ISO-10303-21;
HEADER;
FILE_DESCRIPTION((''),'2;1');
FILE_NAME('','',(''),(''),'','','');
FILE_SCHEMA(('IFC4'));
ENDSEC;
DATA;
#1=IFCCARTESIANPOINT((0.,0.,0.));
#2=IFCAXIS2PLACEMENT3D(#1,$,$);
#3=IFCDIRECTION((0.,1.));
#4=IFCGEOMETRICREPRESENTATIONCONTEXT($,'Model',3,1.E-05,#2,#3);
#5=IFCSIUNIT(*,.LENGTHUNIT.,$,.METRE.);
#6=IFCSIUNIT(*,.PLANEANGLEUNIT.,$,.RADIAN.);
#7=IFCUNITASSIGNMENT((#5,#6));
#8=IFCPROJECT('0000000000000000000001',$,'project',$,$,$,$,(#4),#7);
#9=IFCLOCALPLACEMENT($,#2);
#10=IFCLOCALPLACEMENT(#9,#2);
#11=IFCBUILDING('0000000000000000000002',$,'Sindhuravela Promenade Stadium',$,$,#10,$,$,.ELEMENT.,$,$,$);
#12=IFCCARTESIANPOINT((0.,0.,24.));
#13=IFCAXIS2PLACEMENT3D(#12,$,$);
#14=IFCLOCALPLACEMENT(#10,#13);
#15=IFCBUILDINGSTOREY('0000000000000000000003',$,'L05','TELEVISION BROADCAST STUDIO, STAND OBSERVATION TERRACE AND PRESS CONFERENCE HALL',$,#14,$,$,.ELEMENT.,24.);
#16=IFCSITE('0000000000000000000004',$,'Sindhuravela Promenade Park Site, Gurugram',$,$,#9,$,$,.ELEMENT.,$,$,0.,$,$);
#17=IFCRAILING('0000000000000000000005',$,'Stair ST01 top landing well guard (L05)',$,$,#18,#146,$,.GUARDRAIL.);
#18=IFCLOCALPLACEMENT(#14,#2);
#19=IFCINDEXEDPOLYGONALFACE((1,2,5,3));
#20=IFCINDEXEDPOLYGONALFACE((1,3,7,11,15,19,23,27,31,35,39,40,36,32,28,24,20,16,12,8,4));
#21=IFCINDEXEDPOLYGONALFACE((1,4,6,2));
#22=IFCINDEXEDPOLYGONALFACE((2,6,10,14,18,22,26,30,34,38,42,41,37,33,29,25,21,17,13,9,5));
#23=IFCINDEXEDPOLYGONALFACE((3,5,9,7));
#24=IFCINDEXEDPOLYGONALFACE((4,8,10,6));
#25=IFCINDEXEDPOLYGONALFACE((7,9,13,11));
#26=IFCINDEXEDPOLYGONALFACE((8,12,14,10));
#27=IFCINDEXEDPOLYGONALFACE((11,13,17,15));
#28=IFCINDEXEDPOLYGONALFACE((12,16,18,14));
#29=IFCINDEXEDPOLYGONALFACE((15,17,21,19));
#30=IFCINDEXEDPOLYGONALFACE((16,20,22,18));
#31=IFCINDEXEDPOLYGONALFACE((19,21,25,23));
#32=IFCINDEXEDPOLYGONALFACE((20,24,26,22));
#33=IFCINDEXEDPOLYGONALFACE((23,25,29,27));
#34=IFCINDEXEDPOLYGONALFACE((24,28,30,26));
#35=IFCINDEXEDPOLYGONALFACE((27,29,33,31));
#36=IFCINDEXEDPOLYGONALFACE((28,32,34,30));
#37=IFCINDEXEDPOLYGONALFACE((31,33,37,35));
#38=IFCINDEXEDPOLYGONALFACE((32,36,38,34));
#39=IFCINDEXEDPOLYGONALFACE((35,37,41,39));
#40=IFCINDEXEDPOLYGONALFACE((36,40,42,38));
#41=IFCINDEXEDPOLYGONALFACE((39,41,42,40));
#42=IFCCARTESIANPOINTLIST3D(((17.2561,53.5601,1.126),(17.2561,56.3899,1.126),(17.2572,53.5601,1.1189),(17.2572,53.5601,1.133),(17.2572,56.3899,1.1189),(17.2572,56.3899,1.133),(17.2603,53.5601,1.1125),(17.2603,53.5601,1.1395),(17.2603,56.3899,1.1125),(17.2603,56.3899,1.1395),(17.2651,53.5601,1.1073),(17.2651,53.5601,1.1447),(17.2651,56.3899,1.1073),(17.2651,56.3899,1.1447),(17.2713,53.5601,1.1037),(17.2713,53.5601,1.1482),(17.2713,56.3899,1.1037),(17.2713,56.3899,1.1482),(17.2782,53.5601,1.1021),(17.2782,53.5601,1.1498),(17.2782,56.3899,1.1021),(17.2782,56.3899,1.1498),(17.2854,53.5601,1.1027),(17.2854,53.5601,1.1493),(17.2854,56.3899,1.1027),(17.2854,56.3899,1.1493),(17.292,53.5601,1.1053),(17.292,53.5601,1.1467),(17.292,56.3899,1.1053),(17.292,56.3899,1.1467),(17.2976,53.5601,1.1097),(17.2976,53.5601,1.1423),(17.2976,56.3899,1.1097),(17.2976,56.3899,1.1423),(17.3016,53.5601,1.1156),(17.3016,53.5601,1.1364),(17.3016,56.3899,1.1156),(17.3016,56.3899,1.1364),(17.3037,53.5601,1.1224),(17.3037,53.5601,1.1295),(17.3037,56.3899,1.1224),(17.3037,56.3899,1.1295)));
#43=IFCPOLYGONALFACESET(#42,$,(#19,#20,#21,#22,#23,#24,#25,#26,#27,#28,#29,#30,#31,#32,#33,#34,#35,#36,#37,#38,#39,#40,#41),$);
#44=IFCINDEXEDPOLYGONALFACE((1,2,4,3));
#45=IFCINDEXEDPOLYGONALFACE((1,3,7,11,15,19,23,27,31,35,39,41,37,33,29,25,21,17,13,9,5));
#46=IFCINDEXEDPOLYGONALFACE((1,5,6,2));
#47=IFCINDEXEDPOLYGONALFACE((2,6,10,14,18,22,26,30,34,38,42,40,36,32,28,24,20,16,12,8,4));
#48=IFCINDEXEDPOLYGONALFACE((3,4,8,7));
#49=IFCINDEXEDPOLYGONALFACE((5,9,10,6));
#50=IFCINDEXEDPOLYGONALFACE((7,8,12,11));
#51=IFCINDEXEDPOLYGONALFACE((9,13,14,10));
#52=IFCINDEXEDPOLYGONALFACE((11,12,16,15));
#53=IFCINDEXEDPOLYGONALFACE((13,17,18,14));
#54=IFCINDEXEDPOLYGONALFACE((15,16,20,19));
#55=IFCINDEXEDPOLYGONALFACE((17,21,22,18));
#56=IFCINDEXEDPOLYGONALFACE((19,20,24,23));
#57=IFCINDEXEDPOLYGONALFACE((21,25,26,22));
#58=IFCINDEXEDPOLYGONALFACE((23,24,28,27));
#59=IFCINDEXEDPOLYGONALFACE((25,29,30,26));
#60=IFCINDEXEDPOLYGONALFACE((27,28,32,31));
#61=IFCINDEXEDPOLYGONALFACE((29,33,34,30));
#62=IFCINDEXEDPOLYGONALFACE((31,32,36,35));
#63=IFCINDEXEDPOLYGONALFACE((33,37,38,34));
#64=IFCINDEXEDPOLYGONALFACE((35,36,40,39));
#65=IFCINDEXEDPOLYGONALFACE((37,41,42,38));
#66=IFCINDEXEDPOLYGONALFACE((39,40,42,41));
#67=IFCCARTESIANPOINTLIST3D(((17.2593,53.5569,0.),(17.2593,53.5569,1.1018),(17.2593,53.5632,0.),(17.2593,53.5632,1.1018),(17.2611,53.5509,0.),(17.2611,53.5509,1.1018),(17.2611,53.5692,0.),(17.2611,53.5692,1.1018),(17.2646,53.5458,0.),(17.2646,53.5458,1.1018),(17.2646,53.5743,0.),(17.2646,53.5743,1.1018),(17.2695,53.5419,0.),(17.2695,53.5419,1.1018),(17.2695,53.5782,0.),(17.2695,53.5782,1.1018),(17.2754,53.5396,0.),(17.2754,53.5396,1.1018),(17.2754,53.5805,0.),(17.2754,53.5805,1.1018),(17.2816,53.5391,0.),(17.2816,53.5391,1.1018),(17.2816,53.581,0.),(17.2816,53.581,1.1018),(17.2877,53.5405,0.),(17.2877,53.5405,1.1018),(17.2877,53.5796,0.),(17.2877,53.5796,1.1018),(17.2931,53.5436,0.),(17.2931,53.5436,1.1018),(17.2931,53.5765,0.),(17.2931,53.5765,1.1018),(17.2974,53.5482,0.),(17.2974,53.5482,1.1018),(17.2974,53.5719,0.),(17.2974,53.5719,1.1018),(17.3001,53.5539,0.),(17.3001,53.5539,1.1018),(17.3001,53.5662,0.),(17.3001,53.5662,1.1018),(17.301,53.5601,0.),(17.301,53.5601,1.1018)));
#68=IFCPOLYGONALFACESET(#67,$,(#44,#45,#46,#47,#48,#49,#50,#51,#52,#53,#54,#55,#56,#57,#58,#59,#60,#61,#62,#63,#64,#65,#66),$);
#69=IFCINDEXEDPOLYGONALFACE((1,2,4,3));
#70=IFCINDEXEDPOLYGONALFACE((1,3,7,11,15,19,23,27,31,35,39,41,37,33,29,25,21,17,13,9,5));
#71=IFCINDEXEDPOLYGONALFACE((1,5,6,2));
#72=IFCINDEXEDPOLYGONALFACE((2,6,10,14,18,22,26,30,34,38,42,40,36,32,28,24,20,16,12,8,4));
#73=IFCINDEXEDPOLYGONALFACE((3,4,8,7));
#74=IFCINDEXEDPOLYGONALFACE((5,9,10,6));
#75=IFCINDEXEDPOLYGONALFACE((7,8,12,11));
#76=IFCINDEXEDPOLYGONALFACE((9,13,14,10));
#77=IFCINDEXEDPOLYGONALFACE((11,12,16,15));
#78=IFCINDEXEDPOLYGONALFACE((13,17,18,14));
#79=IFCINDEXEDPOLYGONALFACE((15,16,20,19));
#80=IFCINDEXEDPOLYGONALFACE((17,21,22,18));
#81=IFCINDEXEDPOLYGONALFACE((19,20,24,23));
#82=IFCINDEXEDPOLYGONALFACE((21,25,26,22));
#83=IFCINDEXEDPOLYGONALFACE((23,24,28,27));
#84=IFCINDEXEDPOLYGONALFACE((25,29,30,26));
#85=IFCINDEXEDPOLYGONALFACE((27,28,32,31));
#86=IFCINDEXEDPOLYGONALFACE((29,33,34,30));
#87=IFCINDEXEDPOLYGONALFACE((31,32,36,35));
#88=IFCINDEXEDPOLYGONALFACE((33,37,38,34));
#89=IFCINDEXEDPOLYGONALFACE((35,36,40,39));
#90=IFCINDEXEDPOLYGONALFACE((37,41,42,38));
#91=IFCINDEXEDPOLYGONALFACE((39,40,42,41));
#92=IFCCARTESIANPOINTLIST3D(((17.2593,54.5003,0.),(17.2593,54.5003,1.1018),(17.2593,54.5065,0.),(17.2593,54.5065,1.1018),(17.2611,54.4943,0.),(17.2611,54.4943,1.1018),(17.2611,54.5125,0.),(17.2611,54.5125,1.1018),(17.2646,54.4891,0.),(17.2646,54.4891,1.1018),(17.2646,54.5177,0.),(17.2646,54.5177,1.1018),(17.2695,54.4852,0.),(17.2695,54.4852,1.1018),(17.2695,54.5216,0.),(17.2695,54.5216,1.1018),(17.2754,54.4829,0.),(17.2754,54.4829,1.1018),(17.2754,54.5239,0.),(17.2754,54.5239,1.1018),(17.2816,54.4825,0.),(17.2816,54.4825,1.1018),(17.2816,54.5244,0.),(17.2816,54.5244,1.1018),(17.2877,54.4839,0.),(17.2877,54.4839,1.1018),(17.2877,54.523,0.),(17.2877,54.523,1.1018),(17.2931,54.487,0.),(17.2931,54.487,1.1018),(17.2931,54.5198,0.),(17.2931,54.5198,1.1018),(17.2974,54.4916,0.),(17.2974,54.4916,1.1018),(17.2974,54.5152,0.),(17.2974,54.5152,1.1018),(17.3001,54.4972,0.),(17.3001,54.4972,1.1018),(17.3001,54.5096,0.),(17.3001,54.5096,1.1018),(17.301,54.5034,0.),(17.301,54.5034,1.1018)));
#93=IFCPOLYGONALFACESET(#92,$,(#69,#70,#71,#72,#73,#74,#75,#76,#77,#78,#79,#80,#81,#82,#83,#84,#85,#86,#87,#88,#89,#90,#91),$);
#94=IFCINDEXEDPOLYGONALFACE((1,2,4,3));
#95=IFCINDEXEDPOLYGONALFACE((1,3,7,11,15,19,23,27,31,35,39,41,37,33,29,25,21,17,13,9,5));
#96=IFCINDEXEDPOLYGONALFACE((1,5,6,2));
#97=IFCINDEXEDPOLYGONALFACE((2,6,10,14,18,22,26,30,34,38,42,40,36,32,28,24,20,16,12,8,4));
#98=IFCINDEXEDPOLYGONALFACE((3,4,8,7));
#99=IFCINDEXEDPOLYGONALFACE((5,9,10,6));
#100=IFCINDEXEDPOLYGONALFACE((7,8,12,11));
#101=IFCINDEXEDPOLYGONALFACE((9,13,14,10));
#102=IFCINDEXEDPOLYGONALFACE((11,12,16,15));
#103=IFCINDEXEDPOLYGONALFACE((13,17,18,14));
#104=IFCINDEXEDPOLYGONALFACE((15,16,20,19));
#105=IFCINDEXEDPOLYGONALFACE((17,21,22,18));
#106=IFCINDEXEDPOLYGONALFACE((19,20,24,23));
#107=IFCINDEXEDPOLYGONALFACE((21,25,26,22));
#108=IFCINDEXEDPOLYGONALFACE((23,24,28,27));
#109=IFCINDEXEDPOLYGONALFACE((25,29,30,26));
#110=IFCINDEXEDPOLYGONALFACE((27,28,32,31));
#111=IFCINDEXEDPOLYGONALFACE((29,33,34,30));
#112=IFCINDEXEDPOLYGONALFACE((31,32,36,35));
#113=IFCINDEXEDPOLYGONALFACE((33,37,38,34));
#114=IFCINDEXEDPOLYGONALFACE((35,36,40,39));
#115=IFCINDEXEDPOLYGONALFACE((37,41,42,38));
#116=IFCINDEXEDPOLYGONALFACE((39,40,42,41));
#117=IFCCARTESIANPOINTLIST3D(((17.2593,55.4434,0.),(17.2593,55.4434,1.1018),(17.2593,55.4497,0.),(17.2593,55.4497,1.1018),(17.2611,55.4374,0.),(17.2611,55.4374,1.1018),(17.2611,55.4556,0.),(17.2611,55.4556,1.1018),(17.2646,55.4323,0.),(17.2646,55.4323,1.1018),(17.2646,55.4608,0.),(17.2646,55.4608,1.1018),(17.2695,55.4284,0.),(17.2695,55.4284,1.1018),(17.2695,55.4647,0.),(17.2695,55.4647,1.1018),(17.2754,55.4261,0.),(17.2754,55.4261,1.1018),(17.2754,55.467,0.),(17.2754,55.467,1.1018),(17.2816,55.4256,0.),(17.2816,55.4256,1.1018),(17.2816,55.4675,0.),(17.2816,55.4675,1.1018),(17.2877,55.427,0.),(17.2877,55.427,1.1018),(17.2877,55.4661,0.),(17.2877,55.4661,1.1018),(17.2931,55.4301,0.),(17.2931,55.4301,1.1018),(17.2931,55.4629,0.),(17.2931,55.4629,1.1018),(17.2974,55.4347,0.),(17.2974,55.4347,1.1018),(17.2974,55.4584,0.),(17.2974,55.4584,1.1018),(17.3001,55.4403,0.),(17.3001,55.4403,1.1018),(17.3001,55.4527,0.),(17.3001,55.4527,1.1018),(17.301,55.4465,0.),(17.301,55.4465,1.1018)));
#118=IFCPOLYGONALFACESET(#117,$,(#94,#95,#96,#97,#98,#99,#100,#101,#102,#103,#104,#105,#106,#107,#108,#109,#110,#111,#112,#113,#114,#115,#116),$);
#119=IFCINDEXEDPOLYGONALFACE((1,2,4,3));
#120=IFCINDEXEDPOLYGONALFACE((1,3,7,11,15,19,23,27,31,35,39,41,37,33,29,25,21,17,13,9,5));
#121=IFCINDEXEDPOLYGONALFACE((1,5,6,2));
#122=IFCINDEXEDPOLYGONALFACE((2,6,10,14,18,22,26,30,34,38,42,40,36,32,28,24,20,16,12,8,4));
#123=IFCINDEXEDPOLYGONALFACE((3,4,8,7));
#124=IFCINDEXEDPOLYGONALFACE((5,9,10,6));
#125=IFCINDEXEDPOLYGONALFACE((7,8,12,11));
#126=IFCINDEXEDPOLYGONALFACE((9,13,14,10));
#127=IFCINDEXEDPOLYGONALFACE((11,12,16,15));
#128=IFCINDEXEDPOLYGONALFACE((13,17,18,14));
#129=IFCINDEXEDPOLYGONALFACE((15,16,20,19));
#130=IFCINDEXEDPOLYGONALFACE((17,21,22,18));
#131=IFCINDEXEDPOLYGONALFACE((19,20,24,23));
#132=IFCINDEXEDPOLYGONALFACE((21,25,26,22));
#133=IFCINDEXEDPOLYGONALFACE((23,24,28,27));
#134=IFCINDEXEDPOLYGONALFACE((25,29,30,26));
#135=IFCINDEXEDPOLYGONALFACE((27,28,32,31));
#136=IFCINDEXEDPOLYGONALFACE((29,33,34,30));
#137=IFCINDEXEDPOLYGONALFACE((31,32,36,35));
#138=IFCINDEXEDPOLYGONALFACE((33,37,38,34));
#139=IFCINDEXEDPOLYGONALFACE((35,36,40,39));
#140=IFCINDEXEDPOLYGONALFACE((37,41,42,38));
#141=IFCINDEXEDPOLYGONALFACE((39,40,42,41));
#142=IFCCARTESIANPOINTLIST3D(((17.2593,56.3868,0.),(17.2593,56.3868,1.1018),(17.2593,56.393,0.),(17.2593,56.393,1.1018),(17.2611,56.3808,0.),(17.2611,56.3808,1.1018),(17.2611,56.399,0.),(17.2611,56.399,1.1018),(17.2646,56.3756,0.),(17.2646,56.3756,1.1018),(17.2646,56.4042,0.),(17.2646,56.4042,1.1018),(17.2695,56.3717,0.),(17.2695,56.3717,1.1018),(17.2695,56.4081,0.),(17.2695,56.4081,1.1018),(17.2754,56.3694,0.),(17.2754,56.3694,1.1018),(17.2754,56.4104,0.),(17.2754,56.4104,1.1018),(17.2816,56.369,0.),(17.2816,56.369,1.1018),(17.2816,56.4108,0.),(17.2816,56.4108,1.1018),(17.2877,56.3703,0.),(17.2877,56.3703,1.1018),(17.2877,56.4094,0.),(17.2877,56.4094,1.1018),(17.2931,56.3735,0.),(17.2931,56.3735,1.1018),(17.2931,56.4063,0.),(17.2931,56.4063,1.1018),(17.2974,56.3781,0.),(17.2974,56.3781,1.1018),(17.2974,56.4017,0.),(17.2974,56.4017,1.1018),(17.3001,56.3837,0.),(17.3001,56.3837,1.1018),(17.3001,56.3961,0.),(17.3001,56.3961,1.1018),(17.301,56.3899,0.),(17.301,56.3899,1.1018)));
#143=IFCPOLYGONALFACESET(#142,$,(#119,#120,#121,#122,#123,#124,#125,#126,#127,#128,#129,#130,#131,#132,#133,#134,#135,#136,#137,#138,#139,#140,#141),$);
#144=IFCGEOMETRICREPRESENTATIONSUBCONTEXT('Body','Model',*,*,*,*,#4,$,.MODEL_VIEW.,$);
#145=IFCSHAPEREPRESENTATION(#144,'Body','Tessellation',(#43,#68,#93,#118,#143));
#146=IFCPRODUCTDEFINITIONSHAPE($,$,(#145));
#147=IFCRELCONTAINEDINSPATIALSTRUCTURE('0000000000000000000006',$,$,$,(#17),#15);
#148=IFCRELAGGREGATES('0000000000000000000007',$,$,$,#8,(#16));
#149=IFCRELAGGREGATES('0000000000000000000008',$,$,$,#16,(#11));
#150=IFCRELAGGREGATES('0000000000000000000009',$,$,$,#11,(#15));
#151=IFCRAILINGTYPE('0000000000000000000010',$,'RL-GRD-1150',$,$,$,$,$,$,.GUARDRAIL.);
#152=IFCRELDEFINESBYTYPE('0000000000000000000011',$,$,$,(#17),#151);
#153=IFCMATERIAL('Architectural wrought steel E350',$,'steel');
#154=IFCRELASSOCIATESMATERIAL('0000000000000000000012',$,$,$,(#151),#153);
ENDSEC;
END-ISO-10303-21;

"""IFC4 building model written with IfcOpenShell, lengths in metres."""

from ifc_helpers import new_model, si_unit, direction, frame, origin, origin_2d, place, context, subcontext, project, spatial, circle, extrude, material, type_object, element, save


model = new_model("IFC4")

# Units and contexts
model_context = context("Model", 3, precision=1e-05, world=origin(), true_north=direction((0.0, 1.0)))
body_context = subcontext(model_context, "Body", "Model", "MODEL_VIEW")
ifc_project = project(units=[si_unit("LENGTHUNIT", "METRE"), si_unit("PLANEANGLEUNIT", "RADIAN")], contexts=[model_context])

# Site, building, storey
site_placement = place(None, origin())
site = spatial("IfcSite", under=ifc_project, at=site_placement, Name="Sindhuravela Promenade Park Site, Gurugram", CompositionType="ELEMENT", RefElevation=0.0)
building_placement = place(site_placement, origin())
building = spatial("IfcBuilding", under=site, at=building_placement, Name="Sindhuravela Promenade Stadium", CompositionType="ELEMENT")
storey_placement = place(building_placement, frame((0.0, 0.0, 24.0)))
storey = spatial("IfcBuildingStorey", under=building, at=storey_placement, Name="L05", Description="TELEVISION BROADCAST STUDIO, STAND OBSERVATION TERRACE AND PRESS CONFERENCE HALL", CompositionType="ELEMENT", Elevation=24.0)

# Railing
ifc_material_1 = material(Name="Architectural wrought steel E350", Category="steel")
railing_type = type_object("IfcRailingType", Name="RL-GRD-1150", PredefinedType="GUARDRAIL", material=ifc_material_1)
railing_placement = place(storey_placement, frame((17.28, 53.5601, 0.0)))
element("IfcRailing", 1, at=railing_placement, inside=storey, type_object=railing_type, Name="Stair ST01 top landing well guard (L05)", PredefinedType="GUARDRAIL", context=body_context, shape_type="SweptSolid", body=[
    extrude(circle(Radius=0.0239, at=origin_2d()), frame((0.0, 0.0, 1.126), z_axis=(0.0, 1.0, 0.0), x_axis=(-1.0, 0.0, 0.0)), (0.0, 0.0, 1.0), 2.8298),
    extrude(circle(Radius=0.021, at=origin_2d()), origin(), (0.0, 0.0, 1.0), 1.1018),
    extrude(circle(Radius=0.021, at=origin_2d()), frame((0.0, 0.9434, 0.0)), (0.0, 0.0, 1.0), 1.1018),
    extrude(circle(Radius=0.021, at=origin_2d()), frame((0.0, 1.8865, 0.0)), (0.0, 0.0, 1.0), 1.1018),
    extrude(circle(Radius=0.021, at=origin_2d()), frame((0.0, 2.8298, 0.0)), (0.0, 0.0, 1.0), 1.1018),
])

save(model, "model.ifc")
